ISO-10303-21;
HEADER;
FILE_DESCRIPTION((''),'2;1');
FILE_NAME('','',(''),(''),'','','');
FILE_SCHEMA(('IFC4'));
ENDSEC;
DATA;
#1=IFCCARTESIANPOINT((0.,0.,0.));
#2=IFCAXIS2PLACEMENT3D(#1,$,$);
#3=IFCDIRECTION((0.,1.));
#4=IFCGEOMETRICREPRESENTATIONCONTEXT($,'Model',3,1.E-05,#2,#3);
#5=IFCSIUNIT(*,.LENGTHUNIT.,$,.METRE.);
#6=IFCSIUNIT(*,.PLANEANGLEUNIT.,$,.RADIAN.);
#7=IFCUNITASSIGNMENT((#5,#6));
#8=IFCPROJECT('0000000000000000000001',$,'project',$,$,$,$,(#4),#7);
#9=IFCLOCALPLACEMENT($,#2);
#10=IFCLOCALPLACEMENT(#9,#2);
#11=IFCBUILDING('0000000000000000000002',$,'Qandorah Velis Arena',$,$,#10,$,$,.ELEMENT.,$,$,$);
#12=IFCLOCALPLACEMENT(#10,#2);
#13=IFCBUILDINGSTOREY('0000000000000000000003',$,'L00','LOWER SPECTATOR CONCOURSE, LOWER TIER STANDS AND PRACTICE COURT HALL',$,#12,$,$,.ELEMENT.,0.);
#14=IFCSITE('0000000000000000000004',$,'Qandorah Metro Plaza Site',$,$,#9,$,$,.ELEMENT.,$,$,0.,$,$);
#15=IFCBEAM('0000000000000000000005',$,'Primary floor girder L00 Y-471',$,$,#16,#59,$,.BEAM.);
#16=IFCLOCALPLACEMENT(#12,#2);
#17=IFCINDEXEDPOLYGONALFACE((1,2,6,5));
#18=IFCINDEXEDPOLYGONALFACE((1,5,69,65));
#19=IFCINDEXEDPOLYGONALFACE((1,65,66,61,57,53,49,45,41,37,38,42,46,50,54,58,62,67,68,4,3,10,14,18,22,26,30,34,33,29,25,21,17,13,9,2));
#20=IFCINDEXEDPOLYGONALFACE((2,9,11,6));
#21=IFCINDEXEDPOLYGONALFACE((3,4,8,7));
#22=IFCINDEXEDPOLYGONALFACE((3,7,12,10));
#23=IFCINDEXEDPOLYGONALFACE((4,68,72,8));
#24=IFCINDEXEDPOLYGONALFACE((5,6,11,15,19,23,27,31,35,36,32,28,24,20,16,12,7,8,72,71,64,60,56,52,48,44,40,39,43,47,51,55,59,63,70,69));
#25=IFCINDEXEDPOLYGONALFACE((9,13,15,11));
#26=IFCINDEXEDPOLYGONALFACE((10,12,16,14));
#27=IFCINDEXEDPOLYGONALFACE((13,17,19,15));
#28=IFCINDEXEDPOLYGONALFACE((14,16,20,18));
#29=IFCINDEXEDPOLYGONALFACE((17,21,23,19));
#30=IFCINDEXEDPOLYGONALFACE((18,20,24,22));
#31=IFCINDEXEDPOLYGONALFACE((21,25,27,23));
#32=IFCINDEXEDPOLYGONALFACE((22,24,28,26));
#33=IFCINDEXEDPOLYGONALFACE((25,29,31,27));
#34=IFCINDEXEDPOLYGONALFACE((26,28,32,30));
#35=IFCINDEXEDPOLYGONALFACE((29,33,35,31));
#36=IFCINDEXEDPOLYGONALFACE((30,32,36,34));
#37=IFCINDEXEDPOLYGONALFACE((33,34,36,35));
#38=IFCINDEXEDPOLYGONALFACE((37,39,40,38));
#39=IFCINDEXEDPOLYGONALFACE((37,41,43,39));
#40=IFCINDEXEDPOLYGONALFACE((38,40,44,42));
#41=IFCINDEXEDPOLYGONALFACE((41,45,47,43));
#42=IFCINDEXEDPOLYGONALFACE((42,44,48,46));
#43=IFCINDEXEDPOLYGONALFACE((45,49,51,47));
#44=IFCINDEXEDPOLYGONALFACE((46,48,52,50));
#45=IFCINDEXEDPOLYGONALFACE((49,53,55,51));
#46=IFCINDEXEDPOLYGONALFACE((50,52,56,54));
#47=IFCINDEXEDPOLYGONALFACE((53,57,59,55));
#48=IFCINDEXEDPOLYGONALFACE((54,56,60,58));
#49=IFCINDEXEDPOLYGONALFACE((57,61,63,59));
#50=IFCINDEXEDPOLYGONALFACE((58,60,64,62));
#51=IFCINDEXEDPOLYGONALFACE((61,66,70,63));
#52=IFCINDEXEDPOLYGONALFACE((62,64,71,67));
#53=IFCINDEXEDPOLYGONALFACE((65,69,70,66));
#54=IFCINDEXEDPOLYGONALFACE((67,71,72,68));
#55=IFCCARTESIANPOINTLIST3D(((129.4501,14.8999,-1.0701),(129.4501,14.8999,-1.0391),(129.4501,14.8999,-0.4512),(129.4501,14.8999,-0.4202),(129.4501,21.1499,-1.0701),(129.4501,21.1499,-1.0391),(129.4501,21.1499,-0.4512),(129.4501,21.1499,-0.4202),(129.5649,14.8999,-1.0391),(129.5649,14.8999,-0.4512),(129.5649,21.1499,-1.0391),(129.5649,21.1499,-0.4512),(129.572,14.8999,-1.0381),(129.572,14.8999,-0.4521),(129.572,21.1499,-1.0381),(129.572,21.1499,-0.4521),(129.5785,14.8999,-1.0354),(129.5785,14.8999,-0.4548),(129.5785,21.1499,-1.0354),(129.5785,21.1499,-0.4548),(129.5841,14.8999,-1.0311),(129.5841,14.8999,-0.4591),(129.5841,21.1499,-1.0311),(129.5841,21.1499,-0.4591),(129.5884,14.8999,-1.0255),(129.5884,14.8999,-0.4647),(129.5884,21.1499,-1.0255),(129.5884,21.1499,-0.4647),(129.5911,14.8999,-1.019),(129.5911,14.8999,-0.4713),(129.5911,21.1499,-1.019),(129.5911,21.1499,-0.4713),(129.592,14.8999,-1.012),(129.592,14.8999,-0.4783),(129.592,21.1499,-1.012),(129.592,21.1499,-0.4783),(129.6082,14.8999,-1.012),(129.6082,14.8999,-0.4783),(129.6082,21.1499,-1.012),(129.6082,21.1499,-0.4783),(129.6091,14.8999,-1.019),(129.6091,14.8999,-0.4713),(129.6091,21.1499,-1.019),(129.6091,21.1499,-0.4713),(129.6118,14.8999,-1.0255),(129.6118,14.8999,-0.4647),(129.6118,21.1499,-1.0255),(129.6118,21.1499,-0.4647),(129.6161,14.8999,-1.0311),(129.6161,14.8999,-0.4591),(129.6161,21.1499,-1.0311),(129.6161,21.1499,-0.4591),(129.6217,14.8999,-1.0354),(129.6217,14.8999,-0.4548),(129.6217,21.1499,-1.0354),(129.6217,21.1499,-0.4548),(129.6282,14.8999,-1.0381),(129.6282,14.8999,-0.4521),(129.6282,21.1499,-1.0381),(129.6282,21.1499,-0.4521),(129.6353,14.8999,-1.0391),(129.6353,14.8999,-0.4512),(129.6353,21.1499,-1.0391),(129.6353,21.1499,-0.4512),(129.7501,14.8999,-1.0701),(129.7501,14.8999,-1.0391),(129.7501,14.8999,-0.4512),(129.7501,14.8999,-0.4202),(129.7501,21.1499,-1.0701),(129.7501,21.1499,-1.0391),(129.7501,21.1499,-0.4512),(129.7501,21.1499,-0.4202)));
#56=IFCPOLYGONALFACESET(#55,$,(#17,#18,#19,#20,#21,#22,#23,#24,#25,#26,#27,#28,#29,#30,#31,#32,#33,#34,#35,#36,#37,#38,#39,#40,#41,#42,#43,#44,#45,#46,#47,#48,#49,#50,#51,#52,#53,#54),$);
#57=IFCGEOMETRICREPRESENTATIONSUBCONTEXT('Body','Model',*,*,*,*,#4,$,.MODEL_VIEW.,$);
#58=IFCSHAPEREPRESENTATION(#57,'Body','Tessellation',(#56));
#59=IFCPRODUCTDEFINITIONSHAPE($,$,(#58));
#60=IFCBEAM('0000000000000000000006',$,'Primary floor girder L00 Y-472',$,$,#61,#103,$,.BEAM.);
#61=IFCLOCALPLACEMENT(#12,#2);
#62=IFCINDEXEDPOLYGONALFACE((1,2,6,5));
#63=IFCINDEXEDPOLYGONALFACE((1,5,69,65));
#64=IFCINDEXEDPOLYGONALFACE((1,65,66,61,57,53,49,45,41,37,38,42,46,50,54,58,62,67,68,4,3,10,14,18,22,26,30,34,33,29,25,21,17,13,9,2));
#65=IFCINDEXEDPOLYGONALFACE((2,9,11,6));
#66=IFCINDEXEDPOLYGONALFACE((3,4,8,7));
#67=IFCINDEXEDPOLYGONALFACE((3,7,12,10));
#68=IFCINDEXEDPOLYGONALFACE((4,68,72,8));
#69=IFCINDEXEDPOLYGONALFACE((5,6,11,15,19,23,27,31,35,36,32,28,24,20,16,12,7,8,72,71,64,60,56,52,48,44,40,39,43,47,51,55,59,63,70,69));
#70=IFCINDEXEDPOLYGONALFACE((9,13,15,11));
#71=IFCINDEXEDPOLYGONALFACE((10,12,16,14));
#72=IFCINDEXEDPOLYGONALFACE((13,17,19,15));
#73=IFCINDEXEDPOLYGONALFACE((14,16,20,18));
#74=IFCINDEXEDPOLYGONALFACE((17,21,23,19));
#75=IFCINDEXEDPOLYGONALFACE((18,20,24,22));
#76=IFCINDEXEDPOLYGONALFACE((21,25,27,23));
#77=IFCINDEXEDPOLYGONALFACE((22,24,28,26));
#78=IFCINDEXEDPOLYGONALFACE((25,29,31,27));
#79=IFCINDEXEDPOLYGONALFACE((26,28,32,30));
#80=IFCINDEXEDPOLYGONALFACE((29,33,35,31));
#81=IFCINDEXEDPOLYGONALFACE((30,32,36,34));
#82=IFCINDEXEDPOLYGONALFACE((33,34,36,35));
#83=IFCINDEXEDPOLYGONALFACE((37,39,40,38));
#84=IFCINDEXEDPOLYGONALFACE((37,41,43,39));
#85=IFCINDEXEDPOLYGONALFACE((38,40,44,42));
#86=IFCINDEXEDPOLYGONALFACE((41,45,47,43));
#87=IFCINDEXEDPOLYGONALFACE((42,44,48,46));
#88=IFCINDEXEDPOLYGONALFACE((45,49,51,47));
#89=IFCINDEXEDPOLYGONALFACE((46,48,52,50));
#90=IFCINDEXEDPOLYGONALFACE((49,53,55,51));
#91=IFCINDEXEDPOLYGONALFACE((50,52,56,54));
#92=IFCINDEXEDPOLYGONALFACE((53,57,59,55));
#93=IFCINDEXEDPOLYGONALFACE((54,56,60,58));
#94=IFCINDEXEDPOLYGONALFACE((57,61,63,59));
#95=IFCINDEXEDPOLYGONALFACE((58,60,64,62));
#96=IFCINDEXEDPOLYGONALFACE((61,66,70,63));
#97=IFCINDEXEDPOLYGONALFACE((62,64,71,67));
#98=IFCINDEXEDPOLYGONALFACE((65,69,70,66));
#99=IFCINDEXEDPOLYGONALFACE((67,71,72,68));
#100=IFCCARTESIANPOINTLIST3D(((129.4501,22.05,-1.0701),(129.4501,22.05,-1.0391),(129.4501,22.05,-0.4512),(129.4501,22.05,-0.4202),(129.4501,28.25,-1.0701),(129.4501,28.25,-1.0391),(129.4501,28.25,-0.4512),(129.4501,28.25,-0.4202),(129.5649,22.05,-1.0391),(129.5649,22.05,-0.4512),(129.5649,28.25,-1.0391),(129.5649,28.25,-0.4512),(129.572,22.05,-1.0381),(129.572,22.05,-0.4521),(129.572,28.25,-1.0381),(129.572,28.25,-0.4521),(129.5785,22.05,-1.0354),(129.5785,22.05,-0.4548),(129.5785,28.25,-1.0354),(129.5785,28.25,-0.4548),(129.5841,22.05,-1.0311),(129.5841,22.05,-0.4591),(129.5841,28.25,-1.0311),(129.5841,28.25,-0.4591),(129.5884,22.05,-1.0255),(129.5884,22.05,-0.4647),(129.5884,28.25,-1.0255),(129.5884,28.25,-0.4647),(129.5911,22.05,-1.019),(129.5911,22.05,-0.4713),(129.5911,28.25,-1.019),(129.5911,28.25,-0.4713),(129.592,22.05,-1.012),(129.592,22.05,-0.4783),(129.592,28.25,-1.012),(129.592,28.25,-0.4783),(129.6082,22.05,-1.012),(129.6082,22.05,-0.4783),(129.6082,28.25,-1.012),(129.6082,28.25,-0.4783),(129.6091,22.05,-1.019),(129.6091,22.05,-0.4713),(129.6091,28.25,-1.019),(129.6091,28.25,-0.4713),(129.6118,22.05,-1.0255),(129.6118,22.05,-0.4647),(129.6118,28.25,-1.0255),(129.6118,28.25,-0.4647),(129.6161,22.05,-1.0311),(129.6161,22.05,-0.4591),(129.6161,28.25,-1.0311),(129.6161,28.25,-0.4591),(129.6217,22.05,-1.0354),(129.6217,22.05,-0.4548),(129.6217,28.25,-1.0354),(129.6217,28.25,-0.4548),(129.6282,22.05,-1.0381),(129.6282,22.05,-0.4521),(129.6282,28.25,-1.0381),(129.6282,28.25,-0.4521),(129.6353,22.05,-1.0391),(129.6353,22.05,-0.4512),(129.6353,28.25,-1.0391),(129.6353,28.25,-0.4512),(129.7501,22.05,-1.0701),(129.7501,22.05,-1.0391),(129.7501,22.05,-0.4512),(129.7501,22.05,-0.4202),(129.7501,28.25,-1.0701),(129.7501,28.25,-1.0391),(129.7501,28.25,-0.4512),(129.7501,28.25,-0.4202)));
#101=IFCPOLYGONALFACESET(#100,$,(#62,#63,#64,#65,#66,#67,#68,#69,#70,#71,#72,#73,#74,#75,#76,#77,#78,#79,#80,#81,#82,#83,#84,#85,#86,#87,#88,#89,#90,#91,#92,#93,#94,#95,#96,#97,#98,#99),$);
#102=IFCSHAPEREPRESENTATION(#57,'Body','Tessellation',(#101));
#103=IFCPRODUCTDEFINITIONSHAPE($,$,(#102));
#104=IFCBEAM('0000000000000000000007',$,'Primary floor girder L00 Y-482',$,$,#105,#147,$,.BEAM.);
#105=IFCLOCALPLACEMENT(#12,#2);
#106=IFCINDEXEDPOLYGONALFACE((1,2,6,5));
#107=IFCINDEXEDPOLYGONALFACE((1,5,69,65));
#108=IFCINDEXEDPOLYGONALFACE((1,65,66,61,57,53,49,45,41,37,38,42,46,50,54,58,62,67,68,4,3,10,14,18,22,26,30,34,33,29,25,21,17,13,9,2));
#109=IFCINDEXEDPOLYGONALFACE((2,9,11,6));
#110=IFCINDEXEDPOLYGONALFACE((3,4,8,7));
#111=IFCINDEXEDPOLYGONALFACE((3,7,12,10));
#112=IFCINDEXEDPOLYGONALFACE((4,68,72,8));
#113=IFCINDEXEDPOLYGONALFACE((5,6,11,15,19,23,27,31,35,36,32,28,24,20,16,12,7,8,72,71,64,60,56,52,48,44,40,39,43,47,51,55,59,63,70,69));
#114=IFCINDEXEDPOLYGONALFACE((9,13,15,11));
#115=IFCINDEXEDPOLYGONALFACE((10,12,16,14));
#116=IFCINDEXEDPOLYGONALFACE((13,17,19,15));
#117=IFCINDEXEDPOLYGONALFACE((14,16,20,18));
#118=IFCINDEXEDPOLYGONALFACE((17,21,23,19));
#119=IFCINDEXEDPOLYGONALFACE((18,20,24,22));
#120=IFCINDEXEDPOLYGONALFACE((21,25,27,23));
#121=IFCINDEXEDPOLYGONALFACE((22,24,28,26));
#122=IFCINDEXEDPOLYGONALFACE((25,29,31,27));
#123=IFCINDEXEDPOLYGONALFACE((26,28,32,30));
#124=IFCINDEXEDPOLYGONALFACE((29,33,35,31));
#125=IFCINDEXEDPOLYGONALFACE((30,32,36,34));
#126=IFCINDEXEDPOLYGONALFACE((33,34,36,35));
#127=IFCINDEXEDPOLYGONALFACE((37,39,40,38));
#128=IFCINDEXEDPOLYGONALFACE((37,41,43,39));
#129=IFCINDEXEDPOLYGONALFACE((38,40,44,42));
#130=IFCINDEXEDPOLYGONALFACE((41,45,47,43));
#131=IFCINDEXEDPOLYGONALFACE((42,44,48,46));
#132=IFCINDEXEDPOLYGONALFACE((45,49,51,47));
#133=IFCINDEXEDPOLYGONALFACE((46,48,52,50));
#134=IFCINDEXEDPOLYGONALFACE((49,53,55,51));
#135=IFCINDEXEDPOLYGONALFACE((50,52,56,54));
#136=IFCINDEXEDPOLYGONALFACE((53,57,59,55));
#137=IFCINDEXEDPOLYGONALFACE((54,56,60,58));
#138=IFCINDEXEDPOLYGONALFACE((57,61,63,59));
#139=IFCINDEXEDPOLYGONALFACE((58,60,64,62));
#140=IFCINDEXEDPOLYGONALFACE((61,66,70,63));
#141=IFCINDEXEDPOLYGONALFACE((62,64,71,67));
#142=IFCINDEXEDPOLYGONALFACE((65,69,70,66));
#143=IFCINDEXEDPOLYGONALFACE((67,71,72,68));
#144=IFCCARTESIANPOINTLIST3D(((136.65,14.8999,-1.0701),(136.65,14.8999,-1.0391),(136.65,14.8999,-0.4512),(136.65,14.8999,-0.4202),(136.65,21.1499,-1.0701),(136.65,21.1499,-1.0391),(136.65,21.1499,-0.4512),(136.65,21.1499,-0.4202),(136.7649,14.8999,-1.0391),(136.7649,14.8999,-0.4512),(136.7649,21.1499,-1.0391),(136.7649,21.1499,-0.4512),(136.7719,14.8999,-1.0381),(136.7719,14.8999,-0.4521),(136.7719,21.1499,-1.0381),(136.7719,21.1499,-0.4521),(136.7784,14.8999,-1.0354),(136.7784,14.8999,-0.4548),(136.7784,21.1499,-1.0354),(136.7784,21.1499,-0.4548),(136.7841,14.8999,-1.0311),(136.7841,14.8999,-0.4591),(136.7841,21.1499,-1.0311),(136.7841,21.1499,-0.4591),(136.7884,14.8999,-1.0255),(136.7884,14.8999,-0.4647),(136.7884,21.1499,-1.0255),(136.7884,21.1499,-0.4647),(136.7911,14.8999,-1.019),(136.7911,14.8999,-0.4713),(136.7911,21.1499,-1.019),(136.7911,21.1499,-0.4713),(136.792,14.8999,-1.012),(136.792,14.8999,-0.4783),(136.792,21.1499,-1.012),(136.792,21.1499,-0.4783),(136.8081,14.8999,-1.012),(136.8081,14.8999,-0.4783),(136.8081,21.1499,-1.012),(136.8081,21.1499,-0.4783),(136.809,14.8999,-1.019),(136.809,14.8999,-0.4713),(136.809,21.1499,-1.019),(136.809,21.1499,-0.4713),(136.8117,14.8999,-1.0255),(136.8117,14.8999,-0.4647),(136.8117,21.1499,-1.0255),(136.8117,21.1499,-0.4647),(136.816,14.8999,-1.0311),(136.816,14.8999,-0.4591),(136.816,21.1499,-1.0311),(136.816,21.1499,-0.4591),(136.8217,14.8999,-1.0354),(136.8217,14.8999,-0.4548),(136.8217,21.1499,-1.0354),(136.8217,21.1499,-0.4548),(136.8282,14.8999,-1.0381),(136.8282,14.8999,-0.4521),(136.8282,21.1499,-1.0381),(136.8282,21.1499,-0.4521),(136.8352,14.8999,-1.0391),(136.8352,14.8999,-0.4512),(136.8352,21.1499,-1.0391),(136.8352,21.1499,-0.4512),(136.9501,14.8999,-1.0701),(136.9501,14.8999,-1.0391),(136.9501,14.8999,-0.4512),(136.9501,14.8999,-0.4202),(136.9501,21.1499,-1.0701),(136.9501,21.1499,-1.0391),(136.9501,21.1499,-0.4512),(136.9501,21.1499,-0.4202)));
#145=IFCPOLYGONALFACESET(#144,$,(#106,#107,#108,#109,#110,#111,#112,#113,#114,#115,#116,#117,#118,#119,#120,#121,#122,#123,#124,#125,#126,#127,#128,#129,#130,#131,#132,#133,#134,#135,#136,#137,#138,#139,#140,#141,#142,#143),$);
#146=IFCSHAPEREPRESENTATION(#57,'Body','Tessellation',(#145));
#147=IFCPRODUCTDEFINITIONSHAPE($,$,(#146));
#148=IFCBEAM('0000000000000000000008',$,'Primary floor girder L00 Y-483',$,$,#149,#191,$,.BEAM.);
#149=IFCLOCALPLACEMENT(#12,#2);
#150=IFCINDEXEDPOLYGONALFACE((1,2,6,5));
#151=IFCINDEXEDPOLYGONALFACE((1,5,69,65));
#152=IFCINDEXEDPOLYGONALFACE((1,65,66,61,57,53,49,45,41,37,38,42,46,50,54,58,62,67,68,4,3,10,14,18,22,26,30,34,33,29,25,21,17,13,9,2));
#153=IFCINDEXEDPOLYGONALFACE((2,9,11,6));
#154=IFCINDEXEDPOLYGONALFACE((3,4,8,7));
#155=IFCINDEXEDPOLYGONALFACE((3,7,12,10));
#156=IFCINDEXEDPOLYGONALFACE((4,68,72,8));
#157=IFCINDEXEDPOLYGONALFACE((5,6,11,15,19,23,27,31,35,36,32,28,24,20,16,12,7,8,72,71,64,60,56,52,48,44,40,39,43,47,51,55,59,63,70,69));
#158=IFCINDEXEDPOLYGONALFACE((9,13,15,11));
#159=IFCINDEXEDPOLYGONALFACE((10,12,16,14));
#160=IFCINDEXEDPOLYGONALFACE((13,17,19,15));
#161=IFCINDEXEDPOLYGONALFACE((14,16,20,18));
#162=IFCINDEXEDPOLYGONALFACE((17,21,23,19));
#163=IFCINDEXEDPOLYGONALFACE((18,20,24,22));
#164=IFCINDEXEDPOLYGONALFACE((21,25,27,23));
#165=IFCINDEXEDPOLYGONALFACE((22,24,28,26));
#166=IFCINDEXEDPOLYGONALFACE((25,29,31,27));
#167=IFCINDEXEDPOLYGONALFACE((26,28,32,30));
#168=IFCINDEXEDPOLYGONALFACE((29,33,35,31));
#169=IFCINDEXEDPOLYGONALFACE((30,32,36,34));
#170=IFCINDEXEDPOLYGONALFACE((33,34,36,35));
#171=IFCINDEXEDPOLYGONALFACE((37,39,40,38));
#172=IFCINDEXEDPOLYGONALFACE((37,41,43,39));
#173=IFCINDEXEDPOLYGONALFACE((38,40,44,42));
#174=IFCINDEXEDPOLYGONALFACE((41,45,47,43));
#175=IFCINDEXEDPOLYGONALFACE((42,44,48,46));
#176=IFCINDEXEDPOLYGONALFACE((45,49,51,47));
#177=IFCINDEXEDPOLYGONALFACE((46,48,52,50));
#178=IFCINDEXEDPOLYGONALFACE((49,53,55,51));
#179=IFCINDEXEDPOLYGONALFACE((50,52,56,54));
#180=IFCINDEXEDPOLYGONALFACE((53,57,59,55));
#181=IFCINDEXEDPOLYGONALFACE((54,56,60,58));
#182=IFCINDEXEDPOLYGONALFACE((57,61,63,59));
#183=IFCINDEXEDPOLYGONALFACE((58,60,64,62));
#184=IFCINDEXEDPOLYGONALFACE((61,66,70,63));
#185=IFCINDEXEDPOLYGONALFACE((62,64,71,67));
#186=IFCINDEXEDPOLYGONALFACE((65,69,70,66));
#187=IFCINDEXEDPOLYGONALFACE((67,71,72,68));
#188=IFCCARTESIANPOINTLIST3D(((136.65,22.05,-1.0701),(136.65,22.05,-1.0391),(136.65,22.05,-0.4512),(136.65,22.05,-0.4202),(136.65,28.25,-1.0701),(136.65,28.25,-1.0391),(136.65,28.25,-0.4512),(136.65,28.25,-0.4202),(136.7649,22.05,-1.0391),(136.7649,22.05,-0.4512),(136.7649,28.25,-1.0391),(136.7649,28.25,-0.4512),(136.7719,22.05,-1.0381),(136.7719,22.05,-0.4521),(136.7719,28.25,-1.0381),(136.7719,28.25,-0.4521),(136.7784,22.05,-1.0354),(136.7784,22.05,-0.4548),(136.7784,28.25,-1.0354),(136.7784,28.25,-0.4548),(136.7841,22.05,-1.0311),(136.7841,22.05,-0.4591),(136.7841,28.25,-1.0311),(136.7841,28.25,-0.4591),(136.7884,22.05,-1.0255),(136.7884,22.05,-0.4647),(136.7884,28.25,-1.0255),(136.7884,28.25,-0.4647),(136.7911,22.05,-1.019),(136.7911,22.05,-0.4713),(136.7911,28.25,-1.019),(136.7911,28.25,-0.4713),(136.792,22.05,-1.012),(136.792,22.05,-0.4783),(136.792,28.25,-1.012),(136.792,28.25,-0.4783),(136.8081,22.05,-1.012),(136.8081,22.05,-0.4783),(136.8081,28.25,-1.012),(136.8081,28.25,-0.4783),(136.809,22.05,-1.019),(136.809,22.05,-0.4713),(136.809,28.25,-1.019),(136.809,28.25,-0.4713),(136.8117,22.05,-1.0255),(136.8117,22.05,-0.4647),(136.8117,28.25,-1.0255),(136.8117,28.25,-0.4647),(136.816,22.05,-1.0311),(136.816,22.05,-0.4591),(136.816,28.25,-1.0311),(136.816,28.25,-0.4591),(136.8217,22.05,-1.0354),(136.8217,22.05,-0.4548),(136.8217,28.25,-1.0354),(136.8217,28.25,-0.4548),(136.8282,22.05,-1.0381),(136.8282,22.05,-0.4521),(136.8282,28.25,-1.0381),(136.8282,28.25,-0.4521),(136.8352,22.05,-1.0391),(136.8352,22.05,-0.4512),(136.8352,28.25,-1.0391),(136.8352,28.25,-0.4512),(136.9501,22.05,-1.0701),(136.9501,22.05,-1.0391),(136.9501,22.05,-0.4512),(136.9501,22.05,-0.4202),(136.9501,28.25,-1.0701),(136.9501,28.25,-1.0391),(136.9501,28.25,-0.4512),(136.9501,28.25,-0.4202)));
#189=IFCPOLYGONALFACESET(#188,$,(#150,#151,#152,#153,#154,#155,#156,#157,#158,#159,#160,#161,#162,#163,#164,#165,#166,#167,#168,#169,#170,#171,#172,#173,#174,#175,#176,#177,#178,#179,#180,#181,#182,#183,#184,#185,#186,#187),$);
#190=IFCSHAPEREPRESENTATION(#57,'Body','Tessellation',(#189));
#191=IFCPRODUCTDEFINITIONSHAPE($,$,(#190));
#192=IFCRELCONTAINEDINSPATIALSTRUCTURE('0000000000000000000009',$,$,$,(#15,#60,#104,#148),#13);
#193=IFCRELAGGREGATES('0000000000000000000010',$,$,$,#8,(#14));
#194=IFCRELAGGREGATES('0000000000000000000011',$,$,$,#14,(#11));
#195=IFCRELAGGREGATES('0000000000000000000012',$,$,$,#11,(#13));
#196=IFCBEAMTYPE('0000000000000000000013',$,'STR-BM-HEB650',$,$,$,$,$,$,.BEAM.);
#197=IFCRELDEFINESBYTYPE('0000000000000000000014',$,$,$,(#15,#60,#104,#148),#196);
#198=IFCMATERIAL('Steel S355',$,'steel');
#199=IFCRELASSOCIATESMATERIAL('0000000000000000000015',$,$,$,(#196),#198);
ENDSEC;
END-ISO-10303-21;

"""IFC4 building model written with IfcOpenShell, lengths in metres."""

from ifc_helpers import new_model, si_unit, direction, frame, origin, origin_2d, place, context, subcontext, project, spatial, i_section, extrude, material, material_profile, profile_set, type_object, element, save


model = new_model("IFC4")

# Units and contexts
model_context = context("Model", 3, precision=1e-05, world=origin(), true_north=direction((0.0, 1.0)))
body_context = subcontext(model_context, "Body", "Model", "MODEL_VIEW")
ifc_project = project(units=[si_unit("LENGTHUNIT", "METRE"), si_unit("PLANEANGLEUNIT", "RADIAN")], contexts=[model_context])

# Site, building, storey
site_placement = place(None, origin())
site = spatial("IfcSite", under=ifc_project, at=site_placement, Name="Qandorah Metro Plaza Site", CompositionType="ELEMENT", RefElevation=0.0)
building_placement = place(site_placement, origin())
building = spatial("IfcBuilding", under=site, at=building_placement, Name="Qandorah Velis Arena", CompositionType="ELEMENT")
storey_placement = place(building_placement, origin())
storey = spatial("IfcBuildingStorey", under=building, at=storey_placement, Name="L00", Description="LOWER SPECTATOR CONCOURSE, LOWER TIER STANDS AND PRACTICE COURT HALL", CompositionType="ELEMENT", Elevation=0.0)

# Shared definitions
ifc_material_1 = material(Name="Steel S355", Category="steel")

# Beams
ifc_material_profile_1 = material_profile(ifc_material_1, i_section(OverallWidth=0.3, OverallDepth=0.6499, WebThickness=0.0161, FlangeThickness=0.031, FilletRadius=0.0271, at=origin_2d()), Name="HEB 650")
ifc_profile_set_1 = profile_set([ifc_material_profile_1], Name="Steel S355")
beam_type_1 = type_object("IfcBeamType", Name="STR-BM-HEB650", PredefinedType="BEAM", material=ifc_profile_set_1)
beam_1_placement = place(storey_placement, frame((129.6001, 14.8999, -0.7451), z_axis=(0.0, 1.0, 0.0), x_axis=(-1.0, 0.0, 0.0)))
element("IfcBeam", 1, at=beam_1_placement, inside=storey, type_object=beam_type_1, Name="Primary floor girder L00 Y-471", PredefinedType="BEAM", context=body_context, shape_type="SweptSolid", body=[
    extrude(i_section(OverallWidth=0.3, OverallDepth=0.6499, WebThickness=0.0161, FlangeThickness=0.031, FilletRadius=0.0271, at=origin_2d()), origin(), (0.0, 0.0, 1.0), 6.25),
])
beam_2_placement = place(storey_placement, frame((129.6001, 22.05, -0.7451), z_axis=(0.0, 1.0, 0.0), x_axis=(-1.0, 0.0, 0.0)))
element("IfcBeam", 2, at=beam_2_placement, inside=storey, type_object=beam_type_1, Name="Primary floor girder L00 Y-472", PredefinedType="BEAM", context=body_context, shape_type="SweptSolid", body=[
    extrude(i_section(OverallWidth=0.3, OverallDepth=0.6499, WebThickness=0.0161, FlangeThickness=0.031, FilletRadius=0.0271, at=origin_2d()), origin(), (0.0, 0.0, 1.0), 6.2),
])
beam_3_placement = place(storey_placement, frame((136.8, 14.8999, -0.7451), z_axis=(0.0, 1.0, 0.0), x_axis=(-1.0, 0.0, 0.0)))
element("IfcBeam", 3, at=beam_3_placement, inside=storey, type_object=beam_type_1, Name="Primary floor girder L00 Y-482", PredefinedType="BEAM", context=body_context, shape_type="SweptSolid", body=[
    extrude(i_section(OverallWidth=0.3, OverallDepth=0.6499, WebThickness=0.0161, FlangeThickness=0.031, FilletRadius=0.0271, at=origin_2d()), origin(), (0.0, 0.0, 1.0), 6.25),
])
beam_4_placement = place(storey_placement, frame((136.8, 22.05, -0.7451), z_axis=(0.0, 1.0, 0.0), x_axis=(-1.0, 0.0, 0.0)))
element("IfcBeam", 4, at=beam_4_placement, inside=storey, type_object=beam_type_1, Name="Primary floor girder L00 Y-483", PredefinedType="BEAM", context=body_context, shape_type="SweptSolid", body=[
    extrude(i_section(OverallWidth=0.3, OverallDepth=0.6499, WebThickness=0.0161, FlangeThickness=0.031, FilletRadius=0.0271, at=origin_2d()), origin(), (0.0, 0.0, 1.0), 6.2),
])

save(model, "model.ifc")
